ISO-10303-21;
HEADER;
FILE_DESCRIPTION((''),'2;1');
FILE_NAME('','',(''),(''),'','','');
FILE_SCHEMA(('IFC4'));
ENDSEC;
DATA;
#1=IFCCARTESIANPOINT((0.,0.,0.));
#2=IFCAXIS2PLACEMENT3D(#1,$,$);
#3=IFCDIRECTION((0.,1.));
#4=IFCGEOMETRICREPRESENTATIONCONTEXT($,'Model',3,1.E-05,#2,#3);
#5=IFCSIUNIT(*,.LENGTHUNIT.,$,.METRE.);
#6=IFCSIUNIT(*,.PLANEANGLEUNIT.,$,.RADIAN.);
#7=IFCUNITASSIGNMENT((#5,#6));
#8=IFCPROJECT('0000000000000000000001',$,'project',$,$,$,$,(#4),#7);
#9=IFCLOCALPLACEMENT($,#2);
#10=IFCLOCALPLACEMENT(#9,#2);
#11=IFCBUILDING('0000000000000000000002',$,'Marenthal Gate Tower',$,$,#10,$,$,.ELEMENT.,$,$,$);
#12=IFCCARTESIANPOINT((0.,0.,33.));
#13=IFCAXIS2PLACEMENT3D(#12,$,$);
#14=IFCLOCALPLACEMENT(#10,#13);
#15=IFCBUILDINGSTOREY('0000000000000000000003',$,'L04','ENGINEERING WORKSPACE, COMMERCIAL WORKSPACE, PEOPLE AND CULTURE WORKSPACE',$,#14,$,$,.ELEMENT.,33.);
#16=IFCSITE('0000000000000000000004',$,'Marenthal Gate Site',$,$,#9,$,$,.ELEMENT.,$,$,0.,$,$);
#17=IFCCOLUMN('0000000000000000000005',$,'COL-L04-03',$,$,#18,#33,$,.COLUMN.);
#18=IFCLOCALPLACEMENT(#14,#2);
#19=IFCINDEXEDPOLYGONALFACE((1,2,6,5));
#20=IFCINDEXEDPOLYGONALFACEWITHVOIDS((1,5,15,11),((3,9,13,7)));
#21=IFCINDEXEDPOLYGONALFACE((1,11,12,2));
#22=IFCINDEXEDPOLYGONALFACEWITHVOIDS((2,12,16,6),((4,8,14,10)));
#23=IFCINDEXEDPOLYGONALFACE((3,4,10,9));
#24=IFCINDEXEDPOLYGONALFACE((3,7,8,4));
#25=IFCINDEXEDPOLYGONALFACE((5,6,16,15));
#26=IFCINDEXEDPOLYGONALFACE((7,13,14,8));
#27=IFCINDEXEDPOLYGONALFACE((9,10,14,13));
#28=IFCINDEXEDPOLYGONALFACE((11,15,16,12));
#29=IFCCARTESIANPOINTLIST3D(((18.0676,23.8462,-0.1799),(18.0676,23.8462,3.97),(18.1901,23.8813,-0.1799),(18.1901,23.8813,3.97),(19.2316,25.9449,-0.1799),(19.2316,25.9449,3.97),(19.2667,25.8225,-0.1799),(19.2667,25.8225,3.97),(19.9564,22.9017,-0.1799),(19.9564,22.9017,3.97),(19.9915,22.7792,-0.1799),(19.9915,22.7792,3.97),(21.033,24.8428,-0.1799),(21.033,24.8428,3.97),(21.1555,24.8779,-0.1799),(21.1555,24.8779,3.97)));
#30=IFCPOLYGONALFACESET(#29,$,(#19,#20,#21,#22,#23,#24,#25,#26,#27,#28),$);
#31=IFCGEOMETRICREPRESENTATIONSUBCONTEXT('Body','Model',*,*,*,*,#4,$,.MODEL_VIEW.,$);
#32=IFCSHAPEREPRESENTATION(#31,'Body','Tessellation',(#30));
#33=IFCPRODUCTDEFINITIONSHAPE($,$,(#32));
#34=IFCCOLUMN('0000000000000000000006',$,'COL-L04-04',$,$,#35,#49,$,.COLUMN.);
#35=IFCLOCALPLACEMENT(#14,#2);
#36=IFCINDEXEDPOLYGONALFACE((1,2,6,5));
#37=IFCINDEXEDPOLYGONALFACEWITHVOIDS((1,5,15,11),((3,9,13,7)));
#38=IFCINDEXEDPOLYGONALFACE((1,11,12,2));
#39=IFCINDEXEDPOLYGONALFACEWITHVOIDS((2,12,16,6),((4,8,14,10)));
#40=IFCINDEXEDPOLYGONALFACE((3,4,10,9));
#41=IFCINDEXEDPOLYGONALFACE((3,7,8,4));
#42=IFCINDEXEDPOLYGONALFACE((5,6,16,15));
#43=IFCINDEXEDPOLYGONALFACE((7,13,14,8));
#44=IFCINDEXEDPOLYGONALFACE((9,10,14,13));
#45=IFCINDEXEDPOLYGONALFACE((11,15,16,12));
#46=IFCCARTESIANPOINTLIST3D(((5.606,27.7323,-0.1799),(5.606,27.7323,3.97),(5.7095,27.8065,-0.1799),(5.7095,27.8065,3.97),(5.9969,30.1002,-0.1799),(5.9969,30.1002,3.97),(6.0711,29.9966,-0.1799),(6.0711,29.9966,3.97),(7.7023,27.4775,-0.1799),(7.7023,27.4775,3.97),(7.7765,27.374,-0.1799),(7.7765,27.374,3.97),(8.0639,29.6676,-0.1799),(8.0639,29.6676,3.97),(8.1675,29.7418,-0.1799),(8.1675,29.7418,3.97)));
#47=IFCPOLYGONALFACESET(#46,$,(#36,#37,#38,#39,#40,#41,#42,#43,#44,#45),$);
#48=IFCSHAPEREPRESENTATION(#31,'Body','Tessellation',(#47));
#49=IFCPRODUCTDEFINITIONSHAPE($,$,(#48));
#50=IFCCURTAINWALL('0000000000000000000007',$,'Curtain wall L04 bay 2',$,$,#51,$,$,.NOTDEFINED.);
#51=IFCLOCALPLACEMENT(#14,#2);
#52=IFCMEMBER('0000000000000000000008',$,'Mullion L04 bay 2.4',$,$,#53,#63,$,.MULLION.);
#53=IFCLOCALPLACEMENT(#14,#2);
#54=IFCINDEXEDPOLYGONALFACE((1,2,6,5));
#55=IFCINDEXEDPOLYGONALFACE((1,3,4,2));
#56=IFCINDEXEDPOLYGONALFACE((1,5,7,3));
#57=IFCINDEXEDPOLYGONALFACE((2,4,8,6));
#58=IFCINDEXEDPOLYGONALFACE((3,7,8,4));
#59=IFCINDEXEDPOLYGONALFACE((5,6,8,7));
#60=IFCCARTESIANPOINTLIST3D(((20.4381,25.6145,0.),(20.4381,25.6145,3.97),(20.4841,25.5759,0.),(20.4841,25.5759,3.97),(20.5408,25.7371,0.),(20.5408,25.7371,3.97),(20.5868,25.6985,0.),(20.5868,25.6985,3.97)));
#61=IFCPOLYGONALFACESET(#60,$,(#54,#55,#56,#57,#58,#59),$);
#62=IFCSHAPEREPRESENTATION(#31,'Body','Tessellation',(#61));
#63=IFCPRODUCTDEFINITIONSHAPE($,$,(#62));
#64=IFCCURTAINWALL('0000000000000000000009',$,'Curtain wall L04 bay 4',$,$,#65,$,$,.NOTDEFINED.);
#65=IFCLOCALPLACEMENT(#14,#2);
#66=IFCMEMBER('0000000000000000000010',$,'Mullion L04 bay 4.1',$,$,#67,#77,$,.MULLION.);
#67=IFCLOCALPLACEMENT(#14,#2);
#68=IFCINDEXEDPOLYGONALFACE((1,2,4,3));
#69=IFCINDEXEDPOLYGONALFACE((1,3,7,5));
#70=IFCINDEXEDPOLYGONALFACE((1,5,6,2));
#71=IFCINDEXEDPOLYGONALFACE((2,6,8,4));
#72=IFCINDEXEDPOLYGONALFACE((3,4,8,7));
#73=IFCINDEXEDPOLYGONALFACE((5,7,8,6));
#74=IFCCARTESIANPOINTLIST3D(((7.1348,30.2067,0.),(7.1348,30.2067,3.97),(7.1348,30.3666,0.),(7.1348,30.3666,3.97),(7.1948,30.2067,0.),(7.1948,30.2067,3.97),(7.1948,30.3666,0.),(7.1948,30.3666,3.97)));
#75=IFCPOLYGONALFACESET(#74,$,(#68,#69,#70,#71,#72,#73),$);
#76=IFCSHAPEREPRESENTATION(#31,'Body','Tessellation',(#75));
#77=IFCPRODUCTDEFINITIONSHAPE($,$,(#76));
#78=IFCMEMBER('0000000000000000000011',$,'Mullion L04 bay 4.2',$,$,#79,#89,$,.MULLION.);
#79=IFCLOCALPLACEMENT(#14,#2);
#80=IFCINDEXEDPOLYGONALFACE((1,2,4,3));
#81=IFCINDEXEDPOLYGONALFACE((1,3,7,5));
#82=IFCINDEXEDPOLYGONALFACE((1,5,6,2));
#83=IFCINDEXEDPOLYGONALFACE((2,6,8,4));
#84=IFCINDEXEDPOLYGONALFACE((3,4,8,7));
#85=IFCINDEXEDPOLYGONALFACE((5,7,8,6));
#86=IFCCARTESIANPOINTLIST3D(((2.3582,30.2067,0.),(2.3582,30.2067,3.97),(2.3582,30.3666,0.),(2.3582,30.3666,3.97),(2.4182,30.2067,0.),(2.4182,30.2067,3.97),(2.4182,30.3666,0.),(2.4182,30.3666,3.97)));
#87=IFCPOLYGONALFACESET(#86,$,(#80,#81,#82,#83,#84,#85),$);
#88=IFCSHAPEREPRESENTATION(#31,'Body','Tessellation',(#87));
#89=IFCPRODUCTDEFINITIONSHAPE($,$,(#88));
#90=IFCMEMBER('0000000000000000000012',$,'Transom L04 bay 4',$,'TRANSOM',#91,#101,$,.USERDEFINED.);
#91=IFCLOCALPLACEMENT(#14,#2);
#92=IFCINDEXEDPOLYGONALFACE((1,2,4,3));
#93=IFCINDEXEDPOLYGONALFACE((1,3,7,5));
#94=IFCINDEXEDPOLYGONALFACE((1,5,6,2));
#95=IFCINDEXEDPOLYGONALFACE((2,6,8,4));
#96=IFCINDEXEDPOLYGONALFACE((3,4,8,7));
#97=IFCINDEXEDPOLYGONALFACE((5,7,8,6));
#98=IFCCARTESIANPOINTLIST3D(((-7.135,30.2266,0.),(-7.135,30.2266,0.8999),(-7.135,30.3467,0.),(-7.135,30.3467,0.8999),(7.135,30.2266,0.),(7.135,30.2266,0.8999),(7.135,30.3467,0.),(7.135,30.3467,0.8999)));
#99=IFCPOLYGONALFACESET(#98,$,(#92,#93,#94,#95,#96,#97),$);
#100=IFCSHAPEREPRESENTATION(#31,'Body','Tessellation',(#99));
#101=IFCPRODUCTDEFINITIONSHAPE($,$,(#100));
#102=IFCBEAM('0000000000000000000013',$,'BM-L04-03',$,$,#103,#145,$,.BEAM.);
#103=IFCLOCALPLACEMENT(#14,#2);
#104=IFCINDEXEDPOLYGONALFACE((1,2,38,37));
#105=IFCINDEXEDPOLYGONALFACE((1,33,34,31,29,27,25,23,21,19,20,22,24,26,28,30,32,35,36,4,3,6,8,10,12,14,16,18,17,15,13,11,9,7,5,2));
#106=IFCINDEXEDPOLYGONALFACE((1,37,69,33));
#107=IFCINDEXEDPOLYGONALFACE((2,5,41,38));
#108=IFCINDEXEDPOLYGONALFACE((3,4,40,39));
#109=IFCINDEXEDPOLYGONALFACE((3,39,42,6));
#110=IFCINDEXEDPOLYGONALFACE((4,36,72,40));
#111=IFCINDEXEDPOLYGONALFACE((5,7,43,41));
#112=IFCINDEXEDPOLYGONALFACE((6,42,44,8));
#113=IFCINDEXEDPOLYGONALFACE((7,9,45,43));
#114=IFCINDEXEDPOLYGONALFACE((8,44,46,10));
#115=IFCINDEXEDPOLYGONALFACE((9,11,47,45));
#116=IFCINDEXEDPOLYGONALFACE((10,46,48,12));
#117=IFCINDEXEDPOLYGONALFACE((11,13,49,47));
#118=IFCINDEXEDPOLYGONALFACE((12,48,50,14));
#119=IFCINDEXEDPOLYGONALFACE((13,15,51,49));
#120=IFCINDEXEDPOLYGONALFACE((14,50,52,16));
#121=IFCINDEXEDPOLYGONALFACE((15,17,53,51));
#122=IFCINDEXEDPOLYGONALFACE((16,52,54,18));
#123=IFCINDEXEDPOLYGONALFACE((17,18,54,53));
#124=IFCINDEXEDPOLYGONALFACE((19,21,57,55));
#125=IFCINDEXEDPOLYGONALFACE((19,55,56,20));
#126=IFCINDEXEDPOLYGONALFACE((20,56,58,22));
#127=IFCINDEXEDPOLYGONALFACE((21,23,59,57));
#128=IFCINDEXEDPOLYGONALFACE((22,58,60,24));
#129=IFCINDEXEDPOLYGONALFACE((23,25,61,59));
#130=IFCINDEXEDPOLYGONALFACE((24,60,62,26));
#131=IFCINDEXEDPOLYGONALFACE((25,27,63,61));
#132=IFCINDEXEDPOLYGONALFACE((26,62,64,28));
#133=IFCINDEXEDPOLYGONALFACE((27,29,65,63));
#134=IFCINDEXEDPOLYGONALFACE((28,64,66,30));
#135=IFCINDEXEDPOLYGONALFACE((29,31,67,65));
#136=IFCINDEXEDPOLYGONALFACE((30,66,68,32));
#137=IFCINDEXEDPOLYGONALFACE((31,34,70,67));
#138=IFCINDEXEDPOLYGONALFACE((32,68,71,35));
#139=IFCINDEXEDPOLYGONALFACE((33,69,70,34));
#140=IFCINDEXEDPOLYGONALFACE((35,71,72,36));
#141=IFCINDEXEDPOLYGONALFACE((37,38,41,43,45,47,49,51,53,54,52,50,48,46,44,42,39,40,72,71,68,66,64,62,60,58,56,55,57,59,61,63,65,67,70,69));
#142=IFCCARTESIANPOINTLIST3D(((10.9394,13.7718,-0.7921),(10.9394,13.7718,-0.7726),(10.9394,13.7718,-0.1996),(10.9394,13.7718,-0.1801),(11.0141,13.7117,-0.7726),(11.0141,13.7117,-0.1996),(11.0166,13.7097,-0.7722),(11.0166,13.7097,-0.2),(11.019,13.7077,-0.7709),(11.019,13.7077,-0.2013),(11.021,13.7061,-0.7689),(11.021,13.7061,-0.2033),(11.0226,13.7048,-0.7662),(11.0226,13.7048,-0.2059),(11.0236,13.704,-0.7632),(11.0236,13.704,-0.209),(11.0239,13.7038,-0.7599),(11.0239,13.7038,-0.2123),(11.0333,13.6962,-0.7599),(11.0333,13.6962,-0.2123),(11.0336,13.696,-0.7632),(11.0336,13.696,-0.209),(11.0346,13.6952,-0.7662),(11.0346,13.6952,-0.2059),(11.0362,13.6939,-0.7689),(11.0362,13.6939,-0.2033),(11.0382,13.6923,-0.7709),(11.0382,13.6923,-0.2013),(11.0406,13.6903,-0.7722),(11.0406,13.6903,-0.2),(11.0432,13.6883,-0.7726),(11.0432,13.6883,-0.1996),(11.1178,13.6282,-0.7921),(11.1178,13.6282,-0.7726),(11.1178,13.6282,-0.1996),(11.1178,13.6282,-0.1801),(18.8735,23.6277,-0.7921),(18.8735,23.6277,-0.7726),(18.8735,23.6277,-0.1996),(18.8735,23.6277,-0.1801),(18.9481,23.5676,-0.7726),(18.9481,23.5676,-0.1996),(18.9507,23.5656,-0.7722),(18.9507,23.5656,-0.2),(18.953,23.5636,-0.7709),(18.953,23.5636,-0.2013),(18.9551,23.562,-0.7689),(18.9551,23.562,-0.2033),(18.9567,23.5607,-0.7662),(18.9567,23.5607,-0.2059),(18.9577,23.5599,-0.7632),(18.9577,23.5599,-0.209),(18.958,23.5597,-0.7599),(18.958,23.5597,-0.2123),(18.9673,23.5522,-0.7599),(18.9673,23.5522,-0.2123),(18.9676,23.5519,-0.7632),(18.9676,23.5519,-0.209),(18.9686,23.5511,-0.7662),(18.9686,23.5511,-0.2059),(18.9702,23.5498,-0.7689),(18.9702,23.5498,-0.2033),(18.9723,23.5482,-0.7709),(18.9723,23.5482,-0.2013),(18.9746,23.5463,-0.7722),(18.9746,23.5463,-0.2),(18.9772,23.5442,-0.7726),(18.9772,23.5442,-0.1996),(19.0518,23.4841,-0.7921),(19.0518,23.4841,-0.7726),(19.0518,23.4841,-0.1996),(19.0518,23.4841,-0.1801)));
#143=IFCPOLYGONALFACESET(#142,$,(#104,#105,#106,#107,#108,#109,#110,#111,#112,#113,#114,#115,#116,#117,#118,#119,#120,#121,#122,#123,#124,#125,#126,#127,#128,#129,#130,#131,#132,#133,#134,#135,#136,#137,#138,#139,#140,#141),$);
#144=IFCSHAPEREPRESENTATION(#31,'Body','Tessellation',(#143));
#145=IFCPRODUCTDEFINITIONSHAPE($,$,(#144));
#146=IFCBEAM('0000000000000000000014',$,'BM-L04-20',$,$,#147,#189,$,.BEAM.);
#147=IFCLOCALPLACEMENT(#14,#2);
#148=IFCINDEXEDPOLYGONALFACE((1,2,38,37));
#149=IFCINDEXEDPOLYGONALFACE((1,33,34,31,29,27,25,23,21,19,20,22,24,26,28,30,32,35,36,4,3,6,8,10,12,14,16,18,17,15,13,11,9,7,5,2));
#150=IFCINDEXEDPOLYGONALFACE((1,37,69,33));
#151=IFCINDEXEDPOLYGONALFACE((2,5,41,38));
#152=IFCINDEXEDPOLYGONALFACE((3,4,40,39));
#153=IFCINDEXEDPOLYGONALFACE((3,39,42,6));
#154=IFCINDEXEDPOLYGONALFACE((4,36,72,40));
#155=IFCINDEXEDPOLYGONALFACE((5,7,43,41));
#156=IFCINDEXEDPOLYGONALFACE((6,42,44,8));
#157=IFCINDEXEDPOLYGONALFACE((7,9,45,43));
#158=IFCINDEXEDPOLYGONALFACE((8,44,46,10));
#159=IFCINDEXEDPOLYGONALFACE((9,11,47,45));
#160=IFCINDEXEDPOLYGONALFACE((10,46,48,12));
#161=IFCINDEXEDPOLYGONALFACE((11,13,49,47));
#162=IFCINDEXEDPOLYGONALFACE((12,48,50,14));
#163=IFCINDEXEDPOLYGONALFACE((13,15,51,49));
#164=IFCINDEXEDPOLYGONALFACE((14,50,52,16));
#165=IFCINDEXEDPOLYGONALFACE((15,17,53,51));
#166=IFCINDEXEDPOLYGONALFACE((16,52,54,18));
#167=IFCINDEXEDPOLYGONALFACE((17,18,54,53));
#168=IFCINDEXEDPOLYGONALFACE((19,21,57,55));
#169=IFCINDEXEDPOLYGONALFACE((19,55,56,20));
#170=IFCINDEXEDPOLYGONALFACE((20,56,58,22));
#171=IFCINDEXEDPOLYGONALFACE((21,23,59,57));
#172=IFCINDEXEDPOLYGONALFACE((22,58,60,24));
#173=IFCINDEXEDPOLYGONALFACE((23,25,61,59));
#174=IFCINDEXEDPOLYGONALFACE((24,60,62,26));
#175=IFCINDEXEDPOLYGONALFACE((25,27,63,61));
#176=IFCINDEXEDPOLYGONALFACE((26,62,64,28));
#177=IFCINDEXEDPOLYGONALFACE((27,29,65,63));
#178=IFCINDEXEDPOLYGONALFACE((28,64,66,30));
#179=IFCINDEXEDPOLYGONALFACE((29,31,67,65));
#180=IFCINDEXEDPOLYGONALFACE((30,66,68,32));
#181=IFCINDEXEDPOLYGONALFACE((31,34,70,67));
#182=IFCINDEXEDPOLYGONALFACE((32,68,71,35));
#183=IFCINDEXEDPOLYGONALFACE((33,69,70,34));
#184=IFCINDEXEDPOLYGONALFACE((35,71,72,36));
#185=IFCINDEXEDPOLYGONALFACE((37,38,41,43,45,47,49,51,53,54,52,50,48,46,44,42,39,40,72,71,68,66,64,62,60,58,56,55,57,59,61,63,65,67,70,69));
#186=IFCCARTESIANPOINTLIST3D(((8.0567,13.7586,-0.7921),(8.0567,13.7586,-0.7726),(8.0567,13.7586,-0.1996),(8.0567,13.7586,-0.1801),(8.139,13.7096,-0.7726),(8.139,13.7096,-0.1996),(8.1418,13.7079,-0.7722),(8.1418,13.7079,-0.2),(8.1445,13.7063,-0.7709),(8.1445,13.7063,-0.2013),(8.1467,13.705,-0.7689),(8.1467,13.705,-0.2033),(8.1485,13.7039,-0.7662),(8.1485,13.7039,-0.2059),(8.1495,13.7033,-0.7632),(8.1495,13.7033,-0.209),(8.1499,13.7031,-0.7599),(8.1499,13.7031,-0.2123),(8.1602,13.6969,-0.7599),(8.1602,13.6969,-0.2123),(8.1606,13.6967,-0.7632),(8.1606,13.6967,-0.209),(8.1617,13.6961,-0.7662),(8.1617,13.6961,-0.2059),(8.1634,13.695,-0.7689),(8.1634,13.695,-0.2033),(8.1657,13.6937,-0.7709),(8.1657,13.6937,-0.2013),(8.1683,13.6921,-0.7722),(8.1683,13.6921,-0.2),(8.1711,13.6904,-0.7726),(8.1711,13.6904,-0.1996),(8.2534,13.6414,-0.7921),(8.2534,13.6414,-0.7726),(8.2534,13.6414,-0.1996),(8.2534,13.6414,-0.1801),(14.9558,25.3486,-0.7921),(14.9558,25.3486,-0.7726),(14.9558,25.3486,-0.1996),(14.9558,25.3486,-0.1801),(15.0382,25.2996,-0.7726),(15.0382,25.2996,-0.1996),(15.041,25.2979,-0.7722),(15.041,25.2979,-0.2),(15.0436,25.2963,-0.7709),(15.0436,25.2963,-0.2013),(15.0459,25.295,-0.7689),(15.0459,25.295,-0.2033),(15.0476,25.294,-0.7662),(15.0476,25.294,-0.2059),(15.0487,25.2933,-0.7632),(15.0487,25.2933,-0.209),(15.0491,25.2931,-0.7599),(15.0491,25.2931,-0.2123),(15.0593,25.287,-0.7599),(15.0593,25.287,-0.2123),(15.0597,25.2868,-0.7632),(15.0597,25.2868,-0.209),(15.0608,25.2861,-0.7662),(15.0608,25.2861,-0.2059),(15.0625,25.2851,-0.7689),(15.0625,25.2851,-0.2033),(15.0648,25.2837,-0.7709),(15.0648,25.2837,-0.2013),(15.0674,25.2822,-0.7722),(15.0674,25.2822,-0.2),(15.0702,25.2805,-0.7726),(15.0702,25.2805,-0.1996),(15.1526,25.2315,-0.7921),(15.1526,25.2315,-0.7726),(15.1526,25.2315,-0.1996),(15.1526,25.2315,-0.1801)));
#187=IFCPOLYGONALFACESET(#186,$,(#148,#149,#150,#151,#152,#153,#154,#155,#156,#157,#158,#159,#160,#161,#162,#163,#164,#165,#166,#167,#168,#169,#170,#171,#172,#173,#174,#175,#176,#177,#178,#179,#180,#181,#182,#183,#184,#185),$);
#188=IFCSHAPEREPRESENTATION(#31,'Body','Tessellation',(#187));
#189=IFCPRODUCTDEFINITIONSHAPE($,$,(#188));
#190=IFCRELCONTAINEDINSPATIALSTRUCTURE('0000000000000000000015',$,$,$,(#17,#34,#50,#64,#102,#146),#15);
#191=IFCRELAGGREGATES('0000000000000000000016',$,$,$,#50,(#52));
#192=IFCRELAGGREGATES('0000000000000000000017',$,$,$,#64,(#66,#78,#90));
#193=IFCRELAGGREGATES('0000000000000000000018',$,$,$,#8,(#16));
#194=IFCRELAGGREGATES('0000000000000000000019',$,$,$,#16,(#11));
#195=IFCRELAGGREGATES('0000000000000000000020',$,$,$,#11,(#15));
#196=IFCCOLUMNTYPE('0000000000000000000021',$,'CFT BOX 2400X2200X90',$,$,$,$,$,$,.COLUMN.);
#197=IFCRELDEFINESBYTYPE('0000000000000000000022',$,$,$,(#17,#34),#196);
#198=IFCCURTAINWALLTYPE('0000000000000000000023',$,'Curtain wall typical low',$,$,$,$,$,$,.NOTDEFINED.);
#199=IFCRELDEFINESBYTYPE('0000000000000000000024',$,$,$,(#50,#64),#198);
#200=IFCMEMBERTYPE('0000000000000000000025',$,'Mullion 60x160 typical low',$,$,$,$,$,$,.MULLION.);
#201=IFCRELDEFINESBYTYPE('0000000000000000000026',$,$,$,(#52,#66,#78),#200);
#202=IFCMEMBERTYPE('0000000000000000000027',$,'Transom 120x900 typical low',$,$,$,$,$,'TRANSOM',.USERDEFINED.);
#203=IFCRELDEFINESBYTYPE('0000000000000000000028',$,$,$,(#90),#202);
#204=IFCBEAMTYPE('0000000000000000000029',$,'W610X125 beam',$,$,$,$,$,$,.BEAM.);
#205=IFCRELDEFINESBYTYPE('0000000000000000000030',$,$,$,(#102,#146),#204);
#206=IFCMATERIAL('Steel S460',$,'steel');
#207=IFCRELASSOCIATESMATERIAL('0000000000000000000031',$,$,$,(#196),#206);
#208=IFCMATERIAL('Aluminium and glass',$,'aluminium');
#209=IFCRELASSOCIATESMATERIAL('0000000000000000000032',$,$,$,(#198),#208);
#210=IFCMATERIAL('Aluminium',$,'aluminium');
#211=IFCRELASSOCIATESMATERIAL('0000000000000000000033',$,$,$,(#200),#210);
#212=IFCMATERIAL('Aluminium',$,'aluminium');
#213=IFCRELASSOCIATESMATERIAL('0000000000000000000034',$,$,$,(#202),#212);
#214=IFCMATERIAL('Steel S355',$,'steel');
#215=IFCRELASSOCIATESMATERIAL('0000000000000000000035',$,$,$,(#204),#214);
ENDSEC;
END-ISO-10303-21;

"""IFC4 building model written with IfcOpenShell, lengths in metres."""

from ifc_helpers import new_model, si_unit, direction, frame, origin, origin_2d, place, context, subcontext, project, spatial, rectangle, hollow_rectangle, i_section, extrude, material, material_profile, profile_set, type_object, element, aggregate, save


model = new_model("IFC4")

# Units and contexts
model_context = context("Model", 3, precision=1e-05, world=origin(), true_north=direction((0.0, 1.0)))
body_context = subcontext(model_context, "Body", "Model", "MODEL_VIEW")
ifc_project = project(units=[si_unit("LENGTHUNIT", "METRE"), si_unit("PLANEANGLEUNIT", "RADIAN")], contexts=[model_context])

# Site, building, storey
site_placement = place(None, origin())
site = spatial("IfcSite", under=ifc_project, at=site_placement, Name="Marenthal Gate Site", CompositionType="ELEMENT", RefElevation=0.0)
building_placement = place(site_placement, origin())
building = spatial("IfcBuilding", under=site, at=building_placement, Name="Marenthal Gate Tower", CompositionType="ELEMENT")
storey_placement = place(building_placement, frame((0.0, 0.0, 33.0)))
storey = spatial("IfcBuildingStorey", under=building, at=storey_placement, Name="L04", Description="ENGINEERING WORKSPACE, COMMERCIAL WORKSPACE, PEOPLE AND CULTURE WORKSPACE", CompositionType="ELEMENT", Elevation=33.0)

# Columns
ifc_material_1 = material(Name="Steel S460", Category="steel")
ifc_material_profile_1 = material_profile(ifc_material_1, hollow_rectangle(XDim=2.2, YDim=2.3999, WallThickness=0.0901, at=origin_2d()), Name="CFT BOX 2400X2200X90")
ifc_material_2 = material(Name="Concrete 70 MPa", Category="concrete")
ifc_material_profile_2 = material_profile(ifc_material_2, rectangle(XDim=2.02, YDim=2.22, at=origin_2d()), Name="CFT BOX 2400X2200X90 INFILL")
ifc_profile_set_1 = profile_set([ifc_material_profile_1, ifc_material_profile_2], Name="Steel S460 shell, Concrete 70 MPa infill")
column_type = type_object("IfcColumnType", Name="CFT BOX 2400X2200X90", PredefinedType="COLUMN", material=ifc_profile_set_1)
for number, where, z_axis, x_axis, name in (
    (1, (19.6116, 24.3621, -0.1799), (0.0, 0.0, 1.0), (0.874509, -0.48501, 0.0), "COL-L04-03"),
    (2, (6.8867, 28.7371, -0.1799), (0.0, 0.0, 1.0), (0.986643, -0.162897, 0.0), "COL-L04-04"),
):
    element("IfcColumn", number, at=place(storey_placement, frame(where, z_axis=z_axis, x_axis=x_axis)), inside=storey, type_object=column_type, Name=name, PredefinedType="COLUMN", context=body_context, shape_type="SweptSolid", body=[
        extrude(hollow_rectangle(XDim=2.2, YDim=2.3999, WallThickness=0.0901, at=origin_2d()), origin(), (0.0, 0.0, 1.0), 4.1499),
    ])

# Curtain wall, member
ifc_material_3 = material(Name="Aluminium and glass", Category="aluminium")
curtain_wall_type = type_object("IfcCurtainWallType", Name="Curtain wall typical low", PredefinedType="NOTDEFINED", material=ifc_material_3)
curtain_wall_1_placement = place(storey_placement, origin())
curtain_wall_1 = element("IfcCurtainWall", 3, at=curtain_wall_1_placement, inside=storey, type_object=curtain_wall_type, Name="Curtain wall L04 bay 2", PredefinedType="NOTDEFINED")
ifc_material_4 = material(Name="Aluminium", Category="aluminium")
ifc_material_profile_3 = material_profile(ifc_material_4, rectangle(XDim=0.1599, YDim=0.0601, at=origin_2d()), Name="60x160 aluminium mullion")
ifc_profile_set_2 = profile_set([ifc_material_profile_3], Name="Aluminium")
member_type_1 = type_object("IfcMemberType", Name="Mullion 60x160 typical low", PredefinedType="MULLION", material=ifc_profile_set_2)
member_1_placement = place(storey_placement, frame((20.5125, 25.6565, 0.0), z_axis=(0.0, 0.0, 1.0), x_axis=(-0.641982, -0.76672, 0.0)))
member_1 = element("IfcMember", 4, at=member_1_placement, type_object=member_type_1, Name="Mullion L04 bay 2.4", PredefinedType="MULLION", context=body_context, shape_type="SweptSolid", body=[
    extrude(rectangle(XDim=0.1599, YDim=0.0601, at=origin_2d()), origin(), (0.0, 0.0, 1.0), 3.97),
])
aggregate(curtain_wall_1, [member_1])

# Curtain wall, members
curtain_wall_2_placement = place(storey_placement, origin())
curtain_wall_2 = element("IfcCurtainWall", 5, at=curtain_wall_2_placement, inside=storey, type_object=curtain_wall_type, Name="Curtain wall L04 bay 4", PredefinedType="NOTDEFINED")
member_2_placement = place(storey_placement, frame((7.1648, 30.2866, 0.0), z_axis=(0.0, 0.0, 1.0), x_axis=(0.0, -1.0, 0.0)))
member_2 = element("IfcMember", 6, at=member_2_placement, type_object=member_type_1, Name="Mullion L04 bay 4.1", PredefinedType="MULLION", context=body_context, shape_type="SweptSolid", body=[
    extrude(rectangle(XDim=0.1599, YDim=0.0601, at=origin_2d()), origin(), (0.0, 0.0, 1.0), 3.97),
])
member_3_placement = place(storey_placement, frame((2.3882, 30.2866, 0.0), z_axis=(0.0, 0.0, 1.0), x_axis=(0.0, -1.0, 0.0)))
member_3 = element("IfcMember", 7, at=member_3_placement, type_object=member_type_1, Name="Mullion L04 bay 4.2", PredefinedType="MULLION", context=body_context, shape_type="SweptSolid", body=[
    extrude(rectangle(XDim=0.1599, YDim=0.0601, at=origin_2d()), origin(), (0.0, 0.0, 1.0), 3.97),
])
ifc_material_5 = material(Name="Aluminium", Category="aluminium")
ifc_material_profile_4 = material_profile(ifc_material_5, rectangle(XDim=0.1201, YDim=0.8999, at=origin_2d()), Name="120x900 aluminium transom")
ifc_profile_set_3 = profile_set([ifc_material_profile_4], Name="Aluminium")
member_type_2 = type_object("IfcMemberType", Name="Transom 120x900 typical low", ElementType="TRANSOM", PredefinedType="USERDEFINED", material=ifc_profile_set_3)
member_4_placement = place(storey_placement, frame((7.135, 30.2866, 0.45), z_axis=(-1.0, 0.0, 0.0), x_axis=(0.0, -1.0, 0.0)))
member_4 = element("IfcMember", 8, at=member_4_placement, type_object=member_type_2, Name="Transom L04 bay 4", ObjectType="TRANSOM", PredefinedType="USERDEFINED", context=body_context, shape_type="SweptSolid", body=[
    extrude(rectangle(XDim=0.1201, YDim=0.8999, at=origin_2d()), origin(), (0.0, 0.0, 1.0), 14.27),
])

# Beams
ifc_material_6 = material(Name="Steel S355", Category="steel")
ifc_material_profile_5 = material_profile(ifc_material_6, i_section(OverallWidth=0.229, OverallDepth=0.6121, WebThickness=0.012, FlangeThickness=0.0195, FilletRadius=0.0127, at=origin_2d()), Name="W610X125")
ifc_profile_set_4 = profile_set([ifc_material_profile_5], Name="Steel S355")
beam_type_1 = type_object("IfcBeamType", Name="W610X125 beam", PredefinedType="BEAM", material=ifc_profile_set_4)
beam_1_placement = place(storey_placement, frame((18.9626, 23.5559, -0.4861), z_axis=(-0.627069, -0.778964, 0.0), x_axis=(0.778964, -0.627069, 0.0)))
element("IfcBeam", 9, at=beam_1_placement, inside=storey, type_object=beam_type_1, Name="BM-L04-03", PredefinedType="BEAM", context=body_context, shape_type="SweptSolid", body=[
    extrude(i_section(OverallWidth=0.229, OverallDepth=0.6121, WebThickness=0.012, FlangeThickness=0.0195, FilletRadius=0.0127, at=origin_2d()), origin(), (0.0, 0.0, 1.0), 12.6526),
])
beam_2_placement = place(storey_placement, frame((15.0542, 25.29, -0.4861), z_axis=(-0.511501, -0.859283, 0.0), x_axis=(0.859283, -0.511501, 0.0)))
element("IfcBeam", 10, at=beam_2_placement, inside=storey, type_object=beam_type_1, Name="BM-L04-20", PredefinedType="BEAM", context=body_context, shape_type="SweptSolid", body=[
    extrude(i_section(OverallWidth=0.229, OverallDepth=0.6121, WebThickness=0.012, FlangeThickness=0.0195, FilletRadius=0.0127, at=origin_2d()), origin(), (0.0, 0.0, 1.0), 13.488),
])

aggregate(curtain_wall_2, [member_2, member_3, member_4])

save(model, "model.ifc")
